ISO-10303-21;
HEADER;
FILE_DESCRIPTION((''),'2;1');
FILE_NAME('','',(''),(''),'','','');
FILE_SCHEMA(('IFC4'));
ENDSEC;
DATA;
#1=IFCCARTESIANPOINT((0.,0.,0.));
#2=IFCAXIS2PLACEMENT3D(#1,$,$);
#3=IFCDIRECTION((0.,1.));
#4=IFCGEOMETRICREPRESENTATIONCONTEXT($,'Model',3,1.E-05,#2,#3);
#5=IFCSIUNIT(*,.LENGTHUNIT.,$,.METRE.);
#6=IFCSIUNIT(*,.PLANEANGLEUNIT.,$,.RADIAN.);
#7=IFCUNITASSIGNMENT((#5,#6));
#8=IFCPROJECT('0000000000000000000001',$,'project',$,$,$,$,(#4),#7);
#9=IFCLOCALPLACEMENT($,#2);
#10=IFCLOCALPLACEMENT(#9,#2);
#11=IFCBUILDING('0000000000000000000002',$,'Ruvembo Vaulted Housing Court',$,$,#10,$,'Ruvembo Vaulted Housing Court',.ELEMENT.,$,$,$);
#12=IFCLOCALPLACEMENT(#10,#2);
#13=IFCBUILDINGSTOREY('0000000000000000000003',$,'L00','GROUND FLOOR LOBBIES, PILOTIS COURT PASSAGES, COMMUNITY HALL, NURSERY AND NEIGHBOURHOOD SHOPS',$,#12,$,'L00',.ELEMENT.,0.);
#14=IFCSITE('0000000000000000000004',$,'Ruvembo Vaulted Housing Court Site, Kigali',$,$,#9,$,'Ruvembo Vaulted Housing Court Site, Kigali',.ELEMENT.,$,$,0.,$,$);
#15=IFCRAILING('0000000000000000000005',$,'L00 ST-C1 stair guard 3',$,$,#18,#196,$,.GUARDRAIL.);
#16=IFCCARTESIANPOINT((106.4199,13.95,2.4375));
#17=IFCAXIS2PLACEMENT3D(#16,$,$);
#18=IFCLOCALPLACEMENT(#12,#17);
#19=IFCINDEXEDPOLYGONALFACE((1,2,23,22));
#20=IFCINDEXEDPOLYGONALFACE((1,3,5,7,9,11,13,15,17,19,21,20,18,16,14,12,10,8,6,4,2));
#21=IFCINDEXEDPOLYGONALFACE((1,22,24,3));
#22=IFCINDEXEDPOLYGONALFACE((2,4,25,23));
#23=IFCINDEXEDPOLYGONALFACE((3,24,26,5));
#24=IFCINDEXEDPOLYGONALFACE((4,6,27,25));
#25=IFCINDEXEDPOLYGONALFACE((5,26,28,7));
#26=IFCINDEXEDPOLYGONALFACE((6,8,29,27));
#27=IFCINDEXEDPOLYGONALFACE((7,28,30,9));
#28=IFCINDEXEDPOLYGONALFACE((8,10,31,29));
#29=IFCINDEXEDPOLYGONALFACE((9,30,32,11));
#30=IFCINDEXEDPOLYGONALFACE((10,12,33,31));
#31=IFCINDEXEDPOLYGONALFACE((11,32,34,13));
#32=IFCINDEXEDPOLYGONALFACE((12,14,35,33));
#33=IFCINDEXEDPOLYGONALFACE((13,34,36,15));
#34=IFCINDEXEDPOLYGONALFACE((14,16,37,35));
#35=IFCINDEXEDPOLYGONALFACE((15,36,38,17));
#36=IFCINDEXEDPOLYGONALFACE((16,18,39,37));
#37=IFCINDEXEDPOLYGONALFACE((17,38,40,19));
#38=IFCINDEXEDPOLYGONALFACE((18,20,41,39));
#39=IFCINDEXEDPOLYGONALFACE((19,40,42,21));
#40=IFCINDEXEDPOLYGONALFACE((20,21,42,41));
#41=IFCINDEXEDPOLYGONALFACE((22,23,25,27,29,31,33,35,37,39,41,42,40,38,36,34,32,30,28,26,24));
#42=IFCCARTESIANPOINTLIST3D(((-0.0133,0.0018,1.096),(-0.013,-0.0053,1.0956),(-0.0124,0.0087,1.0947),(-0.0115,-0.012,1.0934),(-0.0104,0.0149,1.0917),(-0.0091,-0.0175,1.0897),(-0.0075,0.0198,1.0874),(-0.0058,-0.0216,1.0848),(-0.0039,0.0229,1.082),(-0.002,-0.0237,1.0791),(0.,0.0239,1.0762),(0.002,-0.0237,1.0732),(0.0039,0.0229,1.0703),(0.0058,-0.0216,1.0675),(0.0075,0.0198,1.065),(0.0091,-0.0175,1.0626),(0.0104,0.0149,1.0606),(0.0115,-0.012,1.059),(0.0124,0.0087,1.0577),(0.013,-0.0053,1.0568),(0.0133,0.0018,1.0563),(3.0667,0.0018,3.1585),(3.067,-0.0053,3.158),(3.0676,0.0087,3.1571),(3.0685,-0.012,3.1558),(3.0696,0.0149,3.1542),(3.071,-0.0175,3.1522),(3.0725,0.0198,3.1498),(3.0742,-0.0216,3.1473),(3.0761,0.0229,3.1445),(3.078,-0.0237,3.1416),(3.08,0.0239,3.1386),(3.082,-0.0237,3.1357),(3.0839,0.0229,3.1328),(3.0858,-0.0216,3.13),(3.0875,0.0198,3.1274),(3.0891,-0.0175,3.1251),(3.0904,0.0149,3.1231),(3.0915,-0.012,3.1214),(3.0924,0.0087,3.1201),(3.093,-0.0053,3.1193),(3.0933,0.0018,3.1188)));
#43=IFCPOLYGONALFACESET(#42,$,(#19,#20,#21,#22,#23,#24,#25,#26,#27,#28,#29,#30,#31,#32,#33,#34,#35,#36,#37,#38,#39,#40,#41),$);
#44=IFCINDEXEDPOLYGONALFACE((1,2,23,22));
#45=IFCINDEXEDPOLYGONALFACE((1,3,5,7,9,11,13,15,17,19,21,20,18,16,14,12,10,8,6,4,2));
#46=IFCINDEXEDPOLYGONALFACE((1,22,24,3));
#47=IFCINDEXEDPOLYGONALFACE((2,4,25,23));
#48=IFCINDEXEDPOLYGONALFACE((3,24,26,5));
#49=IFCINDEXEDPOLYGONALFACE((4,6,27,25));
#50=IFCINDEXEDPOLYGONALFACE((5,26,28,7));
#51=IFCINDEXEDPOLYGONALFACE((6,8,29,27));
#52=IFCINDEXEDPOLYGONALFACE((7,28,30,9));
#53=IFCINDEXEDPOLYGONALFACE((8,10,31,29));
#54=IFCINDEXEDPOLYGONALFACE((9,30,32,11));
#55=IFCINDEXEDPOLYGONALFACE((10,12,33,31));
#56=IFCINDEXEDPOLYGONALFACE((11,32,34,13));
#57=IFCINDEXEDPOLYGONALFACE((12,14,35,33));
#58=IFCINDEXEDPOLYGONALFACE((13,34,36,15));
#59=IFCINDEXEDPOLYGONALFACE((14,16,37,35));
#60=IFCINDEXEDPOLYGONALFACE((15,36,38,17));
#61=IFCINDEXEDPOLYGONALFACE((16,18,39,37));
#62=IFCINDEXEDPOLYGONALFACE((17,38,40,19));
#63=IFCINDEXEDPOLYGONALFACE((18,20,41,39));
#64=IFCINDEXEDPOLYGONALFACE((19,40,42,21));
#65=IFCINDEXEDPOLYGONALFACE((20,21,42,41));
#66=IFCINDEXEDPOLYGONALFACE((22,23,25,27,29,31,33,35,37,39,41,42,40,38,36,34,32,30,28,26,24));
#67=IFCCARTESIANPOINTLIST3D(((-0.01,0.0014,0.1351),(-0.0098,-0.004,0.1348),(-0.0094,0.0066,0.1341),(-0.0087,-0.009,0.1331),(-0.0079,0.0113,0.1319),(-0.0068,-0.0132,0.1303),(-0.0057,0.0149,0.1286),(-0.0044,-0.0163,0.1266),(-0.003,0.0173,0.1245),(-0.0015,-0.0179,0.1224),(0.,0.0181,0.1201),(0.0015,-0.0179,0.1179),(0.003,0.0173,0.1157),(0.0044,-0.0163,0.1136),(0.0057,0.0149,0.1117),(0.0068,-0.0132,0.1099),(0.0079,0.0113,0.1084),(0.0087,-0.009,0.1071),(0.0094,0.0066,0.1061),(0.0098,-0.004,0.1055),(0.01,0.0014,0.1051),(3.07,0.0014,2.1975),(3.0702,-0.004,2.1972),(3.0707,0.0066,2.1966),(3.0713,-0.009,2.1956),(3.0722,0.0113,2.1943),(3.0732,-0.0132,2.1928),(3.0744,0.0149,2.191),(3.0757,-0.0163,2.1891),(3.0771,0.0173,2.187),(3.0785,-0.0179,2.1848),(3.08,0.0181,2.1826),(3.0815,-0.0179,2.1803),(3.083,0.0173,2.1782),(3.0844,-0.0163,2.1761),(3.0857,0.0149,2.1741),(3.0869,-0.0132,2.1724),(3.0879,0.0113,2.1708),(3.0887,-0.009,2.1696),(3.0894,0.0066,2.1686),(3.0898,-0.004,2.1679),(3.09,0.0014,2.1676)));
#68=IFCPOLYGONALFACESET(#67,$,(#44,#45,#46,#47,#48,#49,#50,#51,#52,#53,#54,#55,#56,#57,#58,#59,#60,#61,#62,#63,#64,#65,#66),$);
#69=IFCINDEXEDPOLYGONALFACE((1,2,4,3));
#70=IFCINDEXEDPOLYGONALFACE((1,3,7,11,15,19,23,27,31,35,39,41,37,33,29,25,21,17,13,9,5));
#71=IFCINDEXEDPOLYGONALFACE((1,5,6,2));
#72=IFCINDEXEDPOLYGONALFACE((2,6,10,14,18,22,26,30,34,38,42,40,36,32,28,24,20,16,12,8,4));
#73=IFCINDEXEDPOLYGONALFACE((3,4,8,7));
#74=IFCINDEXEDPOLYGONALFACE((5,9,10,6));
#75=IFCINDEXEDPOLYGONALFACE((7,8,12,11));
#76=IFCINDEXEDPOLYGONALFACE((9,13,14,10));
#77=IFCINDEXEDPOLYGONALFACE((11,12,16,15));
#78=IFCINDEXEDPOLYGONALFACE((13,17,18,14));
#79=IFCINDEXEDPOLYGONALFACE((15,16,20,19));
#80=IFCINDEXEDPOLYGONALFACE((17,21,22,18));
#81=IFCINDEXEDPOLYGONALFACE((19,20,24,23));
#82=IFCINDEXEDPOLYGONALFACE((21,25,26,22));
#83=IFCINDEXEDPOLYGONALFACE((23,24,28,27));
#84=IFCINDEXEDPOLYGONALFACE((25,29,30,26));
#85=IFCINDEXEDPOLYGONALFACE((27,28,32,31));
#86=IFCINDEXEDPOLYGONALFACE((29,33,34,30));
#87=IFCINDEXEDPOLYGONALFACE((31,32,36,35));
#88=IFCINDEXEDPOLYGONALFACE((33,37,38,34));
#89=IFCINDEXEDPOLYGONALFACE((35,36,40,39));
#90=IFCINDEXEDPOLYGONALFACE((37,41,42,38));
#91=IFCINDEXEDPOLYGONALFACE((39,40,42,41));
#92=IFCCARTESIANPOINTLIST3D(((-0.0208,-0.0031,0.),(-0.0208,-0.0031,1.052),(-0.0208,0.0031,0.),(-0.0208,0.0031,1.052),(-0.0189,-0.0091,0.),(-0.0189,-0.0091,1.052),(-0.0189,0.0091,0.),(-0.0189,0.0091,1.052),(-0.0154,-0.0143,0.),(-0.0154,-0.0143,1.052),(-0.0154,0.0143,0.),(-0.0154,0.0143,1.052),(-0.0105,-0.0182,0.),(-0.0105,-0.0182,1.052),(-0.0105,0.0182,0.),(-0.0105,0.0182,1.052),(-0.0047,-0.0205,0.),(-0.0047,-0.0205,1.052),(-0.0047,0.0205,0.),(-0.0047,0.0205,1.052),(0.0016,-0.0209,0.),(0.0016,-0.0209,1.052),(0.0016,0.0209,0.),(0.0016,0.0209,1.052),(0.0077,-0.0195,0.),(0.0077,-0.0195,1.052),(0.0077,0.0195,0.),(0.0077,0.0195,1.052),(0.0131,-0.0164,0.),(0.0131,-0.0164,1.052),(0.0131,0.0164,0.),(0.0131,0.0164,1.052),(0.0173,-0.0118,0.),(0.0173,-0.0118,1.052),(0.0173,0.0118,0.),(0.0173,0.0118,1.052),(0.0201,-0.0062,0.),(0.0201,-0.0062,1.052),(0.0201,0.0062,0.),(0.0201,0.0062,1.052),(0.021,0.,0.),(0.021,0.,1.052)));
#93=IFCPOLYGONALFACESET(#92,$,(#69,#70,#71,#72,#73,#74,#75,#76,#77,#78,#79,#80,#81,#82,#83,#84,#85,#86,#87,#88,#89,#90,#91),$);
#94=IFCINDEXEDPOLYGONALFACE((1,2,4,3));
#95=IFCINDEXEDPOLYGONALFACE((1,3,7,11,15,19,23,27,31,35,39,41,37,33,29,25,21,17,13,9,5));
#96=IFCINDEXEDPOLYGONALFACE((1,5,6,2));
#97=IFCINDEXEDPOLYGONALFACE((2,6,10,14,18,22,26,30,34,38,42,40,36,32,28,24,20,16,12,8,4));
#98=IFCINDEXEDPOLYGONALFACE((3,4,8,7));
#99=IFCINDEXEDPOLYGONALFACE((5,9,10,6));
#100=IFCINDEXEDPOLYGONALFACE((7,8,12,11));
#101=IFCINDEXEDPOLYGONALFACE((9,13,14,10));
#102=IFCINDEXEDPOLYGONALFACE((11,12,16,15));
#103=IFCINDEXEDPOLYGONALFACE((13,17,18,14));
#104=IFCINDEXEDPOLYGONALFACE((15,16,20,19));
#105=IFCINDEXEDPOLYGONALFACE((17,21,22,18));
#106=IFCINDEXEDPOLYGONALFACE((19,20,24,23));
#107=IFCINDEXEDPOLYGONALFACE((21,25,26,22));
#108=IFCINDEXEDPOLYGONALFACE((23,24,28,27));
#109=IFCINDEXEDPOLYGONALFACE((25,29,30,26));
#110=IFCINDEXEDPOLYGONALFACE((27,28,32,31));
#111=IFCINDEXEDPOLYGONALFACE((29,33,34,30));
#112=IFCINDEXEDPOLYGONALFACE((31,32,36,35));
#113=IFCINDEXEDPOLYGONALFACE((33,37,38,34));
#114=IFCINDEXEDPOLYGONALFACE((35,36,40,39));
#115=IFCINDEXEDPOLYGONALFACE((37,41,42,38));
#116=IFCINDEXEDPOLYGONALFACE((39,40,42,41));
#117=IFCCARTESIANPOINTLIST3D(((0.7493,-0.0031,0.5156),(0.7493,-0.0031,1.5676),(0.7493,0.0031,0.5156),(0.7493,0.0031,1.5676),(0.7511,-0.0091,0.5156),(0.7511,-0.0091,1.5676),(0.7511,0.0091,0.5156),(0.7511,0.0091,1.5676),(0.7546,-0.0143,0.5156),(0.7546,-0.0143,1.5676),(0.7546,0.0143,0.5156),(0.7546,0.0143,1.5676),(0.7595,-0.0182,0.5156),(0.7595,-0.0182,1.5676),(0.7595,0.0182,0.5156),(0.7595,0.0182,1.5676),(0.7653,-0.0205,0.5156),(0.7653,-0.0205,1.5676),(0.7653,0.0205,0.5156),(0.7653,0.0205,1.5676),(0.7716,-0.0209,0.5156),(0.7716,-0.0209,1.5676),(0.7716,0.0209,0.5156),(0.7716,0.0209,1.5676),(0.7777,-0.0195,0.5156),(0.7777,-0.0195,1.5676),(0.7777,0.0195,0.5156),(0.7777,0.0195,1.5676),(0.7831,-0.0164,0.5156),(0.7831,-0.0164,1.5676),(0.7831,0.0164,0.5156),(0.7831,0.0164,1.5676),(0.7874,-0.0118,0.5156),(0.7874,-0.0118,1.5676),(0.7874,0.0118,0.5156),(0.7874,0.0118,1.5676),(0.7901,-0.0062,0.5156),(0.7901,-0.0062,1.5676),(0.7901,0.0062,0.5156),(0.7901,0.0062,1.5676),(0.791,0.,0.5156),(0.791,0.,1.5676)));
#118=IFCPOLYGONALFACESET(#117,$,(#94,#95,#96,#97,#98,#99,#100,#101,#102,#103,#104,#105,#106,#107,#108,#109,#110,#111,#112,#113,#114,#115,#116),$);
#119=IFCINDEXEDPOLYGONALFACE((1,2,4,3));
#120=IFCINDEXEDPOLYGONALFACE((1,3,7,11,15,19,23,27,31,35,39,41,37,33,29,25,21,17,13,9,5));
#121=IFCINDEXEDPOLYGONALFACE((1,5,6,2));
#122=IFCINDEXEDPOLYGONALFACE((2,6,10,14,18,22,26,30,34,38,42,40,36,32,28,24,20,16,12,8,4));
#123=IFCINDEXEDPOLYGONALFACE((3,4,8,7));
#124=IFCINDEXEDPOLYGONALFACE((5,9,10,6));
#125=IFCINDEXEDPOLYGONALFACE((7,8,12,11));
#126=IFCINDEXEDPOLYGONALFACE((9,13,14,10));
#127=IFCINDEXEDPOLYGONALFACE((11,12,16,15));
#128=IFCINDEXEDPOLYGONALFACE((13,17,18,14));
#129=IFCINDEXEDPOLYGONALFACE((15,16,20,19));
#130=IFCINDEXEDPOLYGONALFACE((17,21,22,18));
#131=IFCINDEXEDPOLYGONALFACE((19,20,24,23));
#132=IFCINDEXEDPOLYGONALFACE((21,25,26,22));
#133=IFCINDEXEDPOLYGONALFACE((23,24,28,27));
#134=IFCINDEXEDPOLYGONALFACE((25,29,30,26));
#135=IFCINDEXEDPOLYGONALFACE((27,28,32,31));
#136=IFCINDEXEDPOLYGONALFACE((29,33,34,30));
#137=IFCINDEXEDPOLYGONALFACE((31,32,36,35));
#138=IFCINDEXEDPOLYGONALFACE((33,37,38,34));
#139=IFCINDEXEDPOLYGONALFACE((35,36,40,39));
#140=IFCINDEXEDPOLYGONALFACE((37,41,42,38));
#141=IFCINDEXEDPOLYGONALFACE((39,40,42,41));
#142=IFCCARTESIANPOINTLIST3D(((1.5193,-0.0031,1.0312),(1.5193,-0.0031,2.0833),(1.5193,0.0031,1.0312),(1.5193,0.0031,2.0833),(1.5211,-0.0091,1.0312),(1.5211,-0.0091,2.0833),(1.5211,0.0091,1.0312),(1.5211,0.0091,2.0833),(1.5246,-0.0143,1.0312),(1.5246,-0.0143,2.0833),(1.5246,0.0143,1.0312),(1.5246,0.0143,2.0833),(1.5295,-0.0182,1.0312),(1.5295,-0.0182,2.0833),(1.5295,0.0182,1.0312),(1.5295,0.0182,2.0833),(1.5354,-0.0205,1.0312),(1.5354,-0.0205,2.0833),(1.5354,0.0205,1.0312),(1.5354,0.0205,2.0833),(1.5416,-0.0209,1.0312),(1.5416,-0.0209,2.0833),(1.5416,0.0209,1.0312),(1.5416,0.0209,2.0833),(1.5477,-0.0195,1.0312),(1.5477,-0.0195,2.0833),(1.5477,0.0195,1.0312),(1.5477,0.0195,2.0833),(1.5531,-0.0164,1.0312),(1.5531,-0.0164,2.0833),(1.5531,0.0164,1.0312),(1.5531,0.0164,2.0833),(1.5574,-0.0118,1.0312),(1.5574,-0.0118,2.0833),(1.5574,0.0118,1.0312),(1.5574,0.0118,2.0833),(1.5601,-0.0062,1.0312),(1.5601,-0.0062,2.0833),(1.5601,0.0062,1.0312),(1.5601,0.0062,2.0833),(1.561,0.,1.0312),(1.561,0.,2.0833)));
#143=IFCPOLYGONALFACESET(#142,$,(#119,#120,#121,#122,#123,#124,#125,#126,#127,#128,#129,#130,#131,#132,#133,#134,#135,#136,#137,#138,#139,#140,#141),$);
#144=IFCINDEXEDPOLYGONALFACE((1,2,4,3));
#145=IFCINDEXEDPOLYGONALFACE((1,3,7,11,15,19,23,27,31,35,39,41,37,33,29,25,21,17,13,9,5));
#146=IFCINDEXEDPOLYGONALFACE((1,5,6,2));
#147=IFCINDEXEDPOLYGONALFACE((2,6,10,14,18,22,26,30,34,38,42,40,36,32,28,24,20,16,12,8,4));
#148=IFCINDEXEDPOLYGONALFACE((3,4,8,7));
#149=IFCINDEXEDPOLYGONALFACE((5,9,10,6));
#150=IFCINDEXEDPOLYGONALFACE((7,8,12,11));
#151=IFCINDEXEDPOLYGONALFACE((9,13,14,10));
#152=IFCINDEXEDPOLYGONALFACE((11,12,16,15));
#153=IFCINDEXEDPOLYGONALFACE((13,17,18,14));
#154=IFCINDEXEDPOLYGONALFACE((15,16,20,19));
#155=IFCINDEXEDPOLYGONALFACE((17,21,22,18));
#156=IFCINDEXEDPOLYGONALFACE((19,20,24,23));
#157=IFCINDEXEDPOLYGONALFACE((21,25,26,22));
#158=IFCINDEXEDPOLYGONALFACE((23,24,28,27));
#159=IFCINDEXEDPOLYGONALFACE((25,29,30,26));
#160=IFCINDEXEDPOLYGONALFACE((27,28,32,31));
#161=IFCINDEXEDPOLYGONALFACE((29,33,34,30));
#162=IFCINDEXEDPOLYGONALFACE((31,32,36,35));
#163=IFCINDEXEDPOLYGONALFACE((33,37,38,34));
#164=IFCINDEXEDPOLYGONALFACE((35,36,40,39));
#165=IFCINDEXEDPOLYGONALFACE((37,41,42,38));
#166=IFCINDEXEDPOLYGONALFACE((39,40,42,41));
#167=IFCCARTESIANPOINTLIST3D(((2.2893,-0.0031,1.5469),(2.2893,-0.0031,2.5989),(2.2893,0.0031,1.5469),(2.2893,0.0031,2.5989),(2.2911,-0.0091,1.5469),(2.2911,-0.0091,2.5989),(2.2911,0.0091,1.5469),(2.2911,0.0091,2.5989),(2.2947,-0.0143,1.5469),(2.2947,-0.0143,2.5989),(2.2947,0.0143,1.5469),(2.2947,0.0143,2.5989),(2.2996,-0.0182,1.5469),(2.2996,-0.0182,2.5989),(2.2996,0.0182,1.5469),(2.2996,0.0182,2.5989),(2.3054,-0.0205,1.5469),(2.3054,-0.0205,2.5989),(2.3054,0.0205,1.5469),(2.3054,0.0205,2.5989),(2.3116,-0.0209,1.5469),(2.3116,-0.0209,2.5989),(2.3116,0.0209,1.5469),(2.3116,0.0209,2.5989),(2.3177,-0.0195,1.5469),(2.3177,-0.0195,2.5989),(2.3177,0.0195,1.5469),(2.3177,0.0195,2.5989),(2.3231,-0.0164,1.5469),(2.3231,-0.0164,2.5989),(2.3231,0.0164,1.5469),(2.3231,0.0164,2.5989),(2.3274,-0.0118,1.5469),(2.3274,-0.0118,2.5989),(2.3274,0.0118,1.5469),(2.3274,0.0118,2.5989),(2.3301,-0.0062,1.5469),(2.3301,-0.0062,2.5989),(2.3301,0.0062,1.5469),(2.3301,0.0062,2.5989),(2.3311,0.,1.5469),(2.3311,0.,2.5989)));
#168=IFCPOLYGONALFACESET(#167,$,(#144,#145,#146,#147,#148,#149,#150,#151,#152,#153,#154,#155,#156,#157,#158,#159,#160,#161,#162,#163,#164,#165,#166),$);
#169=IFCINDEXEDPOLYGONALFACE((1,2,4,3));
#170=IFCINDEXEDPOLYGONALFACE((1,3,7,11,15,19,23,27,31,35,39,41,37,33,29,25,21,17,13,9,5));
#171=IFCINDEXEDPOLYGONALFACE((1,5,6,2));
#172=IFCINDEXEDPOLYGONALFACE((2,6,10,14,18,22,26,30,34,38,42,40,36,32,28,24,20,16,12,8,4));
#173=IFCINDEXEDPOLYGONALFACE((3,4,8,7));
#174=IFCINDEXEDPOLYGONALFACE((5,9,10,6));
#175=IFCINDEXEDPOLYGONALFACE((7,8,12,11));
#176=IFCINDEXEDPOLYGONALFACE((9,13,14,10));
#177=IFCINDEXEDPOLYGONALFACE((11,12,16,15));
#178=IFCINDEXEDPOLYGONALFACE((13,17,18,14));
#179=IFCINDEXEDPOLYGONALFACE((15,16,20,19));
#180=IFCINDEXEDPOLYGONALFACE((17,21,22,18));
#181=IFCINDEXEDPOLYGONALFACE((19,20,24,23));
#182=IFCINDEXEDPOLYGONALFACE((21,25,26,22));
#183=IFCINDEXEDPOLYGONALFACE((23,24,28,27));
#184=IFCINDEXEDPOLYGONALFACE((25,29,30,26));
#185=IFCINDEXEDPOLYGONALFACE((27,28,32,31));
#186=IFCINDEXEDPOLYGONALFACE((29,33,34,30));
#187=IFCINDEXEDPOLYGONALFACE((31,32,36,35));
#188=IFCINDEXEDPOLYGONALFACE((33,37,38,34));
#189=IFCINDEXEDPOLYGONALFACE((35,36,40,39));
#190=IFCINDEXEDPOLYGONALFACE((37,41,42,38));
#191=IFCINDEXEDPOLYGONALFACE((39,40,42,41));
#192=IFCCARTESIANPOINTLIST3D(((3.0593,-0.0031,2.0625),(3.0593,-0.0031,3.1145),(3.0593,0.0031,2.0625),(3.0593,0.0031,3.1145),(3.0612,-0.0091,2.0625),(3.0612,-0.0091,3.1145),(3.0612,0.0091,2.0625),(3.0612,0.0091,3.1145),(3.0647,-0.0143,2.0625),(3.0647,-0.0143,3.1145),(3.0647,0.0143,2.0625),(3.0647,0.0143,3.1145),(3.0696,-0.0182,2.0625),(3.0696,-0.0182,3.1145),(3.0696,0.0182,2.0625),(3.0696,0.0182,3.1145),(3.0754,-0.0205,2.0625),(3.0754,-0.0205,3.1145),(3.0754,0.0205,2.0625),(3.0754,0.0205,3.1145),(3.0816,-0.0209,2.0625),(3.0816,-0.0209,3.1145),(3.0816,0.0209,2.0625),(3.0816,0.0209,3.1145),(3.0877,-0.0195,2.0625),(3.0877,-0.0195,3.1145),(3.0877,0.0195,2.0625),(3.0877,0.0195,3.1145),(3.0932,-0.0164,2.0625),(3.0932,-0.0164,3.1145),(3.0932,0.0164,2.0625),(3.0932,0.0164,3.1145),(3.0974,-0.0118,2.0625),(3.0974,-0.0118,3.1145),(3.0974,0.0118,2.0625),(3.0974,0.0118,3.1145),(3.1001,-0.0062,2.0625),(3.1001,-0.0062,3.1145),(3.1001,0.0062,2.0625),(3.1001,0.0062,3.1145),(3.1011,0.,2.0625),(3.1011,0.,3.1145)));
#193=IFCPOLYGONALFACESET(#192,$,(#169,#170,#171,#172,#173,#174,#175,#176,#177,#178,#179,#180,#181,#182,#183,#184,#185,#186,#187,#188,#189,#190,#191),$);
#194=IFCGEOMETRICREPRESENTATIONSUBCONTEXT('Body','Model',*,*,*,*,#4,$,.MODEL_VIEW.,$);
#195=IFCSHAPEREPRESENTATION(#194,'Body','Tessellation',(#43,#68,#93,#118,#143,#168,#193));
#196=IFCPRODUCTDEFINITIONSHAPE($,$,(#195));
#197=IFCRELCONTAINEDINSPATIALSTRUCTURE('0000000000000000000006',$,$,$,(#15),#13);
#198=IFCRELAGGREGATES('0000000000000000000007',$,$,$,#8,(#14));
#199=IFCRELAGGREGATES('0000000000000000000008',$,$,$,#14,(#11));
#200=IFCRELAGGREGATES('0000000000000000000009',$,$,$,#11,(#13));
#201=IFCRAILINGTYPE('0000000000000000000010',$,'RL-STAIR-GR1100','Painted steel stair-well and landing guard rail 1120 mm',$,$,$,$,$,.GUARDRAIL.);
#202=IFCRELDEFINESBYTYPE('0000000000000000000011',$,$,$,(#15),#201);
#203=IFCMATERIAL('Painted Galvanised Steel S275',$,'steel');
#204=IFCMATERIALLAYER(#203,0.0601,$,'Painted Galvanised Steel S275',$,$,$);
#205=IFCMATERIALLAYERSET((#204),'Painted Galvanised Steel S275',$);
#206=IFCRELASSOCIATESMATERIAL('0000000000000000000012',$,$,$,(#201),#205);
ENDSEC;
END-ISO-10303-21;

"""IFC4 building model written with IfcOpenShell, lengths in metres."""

from ifc_helpers import new_model, si_unit, direction, frame, origin, origin_2d, place, context, subcontext, project, spatial, circle, extrude, material, layer, layer_set, type_object, element, save


model = new_model("IFC4")

# Units and contexts
model_context = context("Model", 3, precision=1e-05, world=origin(), true_north=direction((0.0, 1.0)))
body_context = subcontext(model_context, "Body", "Model", "MODEL_VIEW")
ifc_project = project(units=[si_unit("LENGTHUNIT", "METRE"), si_unit("PLANEANGLEUNIT", "RADIAN")], contexts=[model_context])

# Site, building, storey
site_placement = place(None, origin())
site = spatial("IfcSite", under=ifc_project, at=site_placement, Name="Ruvembo Vaulted Housing Court Site, Kigali", LongName="Ruvembo Vaulted Housing Court Site, Kigali", CompositionType="ELEMENT", RefElevation=0.0)
building_placement = place(site_placement, origin())
building = spatial("IfcBuilding", under=site, at=building_placement, Name="Ruvembo Vaulted Housing Court", LongName="Ruvembo Vaulted Housing Court", CompositionType="ELEMENT")
storey_placement = place(building_placement, origin())
storey = spatial("IfcBuildingStorey", under=building, at=storey_placement, Name="L00", Description="GROUND FLOOR LOBBIES, PILOTIS COURT PASSAGES, COMMUNITY HALL, NURSERY AND NEIGHBOURHOOD SHOPS", LongName="L00", CompositionType="ELEMENT", Elevation=0.0)

# Railing
ifc_material_1 = material(Name="Painted Galvanised Steel S275", Category="steel")
ifc_layer_1 = layer(ifc_material_1, 0.0601, Name="Painted Galvanised Steel S275")
ifc_layer_set_1 = layer_set([ifc_layer_1], Name="Painted Galvanised Steel S275")
railing_type_1 = type_object("IfcRailingType", Name="RL-STAIR-GR1100", Description="Painted steel stair-well and landing guard rail 1120 mm", PredefinedType="GUARDRAIL", material=ifc_layer_set_1)
railing_1_placement = place(storey_placement, frame((106.4199, 13.95, 2.4375)))
element("IfcRailing", 1, at=railing_1_placement, inside=storey, type_object=railing_type_1, Name="L00 ST-C1 stair guard 3", PredefinedType="GUARDRAIL", context=body_context, shape_type="SweptSolid", body=[
    extrude(circle(Radius=0.0239, at=origin_2d()), frame((0.0, 0.0, 1.0762), z_axis=(0.830914, 0.0, 0.556401), x_axis=(0.0, 1.0, 0.0)), (0.0, 0.0, 1.0), 3.7068),
    extrude(circle(Radius=0.0181, at=origin_2d()), frame((0.0, 0.0, 0.1201), z_axis=(0.830914, 0.0, 0.556401), x_axis=(0.0, 1.0, 0.0)), (0.0, 0.0, 1.0), 3.7068),
    extrude(circle(Radius=0.021, at=origin_2d()), origin(), (0.0, 0.0, 1.0), 1.052),
    extrude(circle(Radius=0.021, at=origin_2d()), frame((0.77, 0.0, 0.5156)), (0.0, 0.0, 1.0), 1.052),
    extrude(circle(Radius=0.021, at=origin_2d()), frame((1.54, 0.0, 1.0312)), (0.0, 0.0, 1.0), 1.052),
    extrude(circle(Radius=0.021, at=origin_2d()), frame((2.3101, 0.0, 1.5469)), (0.0, 0.0, 1.0), 1.052),
    extrude(circle(Radius=0.021, at=origin_2d()), frame((3.0801, 0.0, 2.0625)), (0.0, 0.0, 1.0), 1.052),
])

save(model, "model.ifc")
